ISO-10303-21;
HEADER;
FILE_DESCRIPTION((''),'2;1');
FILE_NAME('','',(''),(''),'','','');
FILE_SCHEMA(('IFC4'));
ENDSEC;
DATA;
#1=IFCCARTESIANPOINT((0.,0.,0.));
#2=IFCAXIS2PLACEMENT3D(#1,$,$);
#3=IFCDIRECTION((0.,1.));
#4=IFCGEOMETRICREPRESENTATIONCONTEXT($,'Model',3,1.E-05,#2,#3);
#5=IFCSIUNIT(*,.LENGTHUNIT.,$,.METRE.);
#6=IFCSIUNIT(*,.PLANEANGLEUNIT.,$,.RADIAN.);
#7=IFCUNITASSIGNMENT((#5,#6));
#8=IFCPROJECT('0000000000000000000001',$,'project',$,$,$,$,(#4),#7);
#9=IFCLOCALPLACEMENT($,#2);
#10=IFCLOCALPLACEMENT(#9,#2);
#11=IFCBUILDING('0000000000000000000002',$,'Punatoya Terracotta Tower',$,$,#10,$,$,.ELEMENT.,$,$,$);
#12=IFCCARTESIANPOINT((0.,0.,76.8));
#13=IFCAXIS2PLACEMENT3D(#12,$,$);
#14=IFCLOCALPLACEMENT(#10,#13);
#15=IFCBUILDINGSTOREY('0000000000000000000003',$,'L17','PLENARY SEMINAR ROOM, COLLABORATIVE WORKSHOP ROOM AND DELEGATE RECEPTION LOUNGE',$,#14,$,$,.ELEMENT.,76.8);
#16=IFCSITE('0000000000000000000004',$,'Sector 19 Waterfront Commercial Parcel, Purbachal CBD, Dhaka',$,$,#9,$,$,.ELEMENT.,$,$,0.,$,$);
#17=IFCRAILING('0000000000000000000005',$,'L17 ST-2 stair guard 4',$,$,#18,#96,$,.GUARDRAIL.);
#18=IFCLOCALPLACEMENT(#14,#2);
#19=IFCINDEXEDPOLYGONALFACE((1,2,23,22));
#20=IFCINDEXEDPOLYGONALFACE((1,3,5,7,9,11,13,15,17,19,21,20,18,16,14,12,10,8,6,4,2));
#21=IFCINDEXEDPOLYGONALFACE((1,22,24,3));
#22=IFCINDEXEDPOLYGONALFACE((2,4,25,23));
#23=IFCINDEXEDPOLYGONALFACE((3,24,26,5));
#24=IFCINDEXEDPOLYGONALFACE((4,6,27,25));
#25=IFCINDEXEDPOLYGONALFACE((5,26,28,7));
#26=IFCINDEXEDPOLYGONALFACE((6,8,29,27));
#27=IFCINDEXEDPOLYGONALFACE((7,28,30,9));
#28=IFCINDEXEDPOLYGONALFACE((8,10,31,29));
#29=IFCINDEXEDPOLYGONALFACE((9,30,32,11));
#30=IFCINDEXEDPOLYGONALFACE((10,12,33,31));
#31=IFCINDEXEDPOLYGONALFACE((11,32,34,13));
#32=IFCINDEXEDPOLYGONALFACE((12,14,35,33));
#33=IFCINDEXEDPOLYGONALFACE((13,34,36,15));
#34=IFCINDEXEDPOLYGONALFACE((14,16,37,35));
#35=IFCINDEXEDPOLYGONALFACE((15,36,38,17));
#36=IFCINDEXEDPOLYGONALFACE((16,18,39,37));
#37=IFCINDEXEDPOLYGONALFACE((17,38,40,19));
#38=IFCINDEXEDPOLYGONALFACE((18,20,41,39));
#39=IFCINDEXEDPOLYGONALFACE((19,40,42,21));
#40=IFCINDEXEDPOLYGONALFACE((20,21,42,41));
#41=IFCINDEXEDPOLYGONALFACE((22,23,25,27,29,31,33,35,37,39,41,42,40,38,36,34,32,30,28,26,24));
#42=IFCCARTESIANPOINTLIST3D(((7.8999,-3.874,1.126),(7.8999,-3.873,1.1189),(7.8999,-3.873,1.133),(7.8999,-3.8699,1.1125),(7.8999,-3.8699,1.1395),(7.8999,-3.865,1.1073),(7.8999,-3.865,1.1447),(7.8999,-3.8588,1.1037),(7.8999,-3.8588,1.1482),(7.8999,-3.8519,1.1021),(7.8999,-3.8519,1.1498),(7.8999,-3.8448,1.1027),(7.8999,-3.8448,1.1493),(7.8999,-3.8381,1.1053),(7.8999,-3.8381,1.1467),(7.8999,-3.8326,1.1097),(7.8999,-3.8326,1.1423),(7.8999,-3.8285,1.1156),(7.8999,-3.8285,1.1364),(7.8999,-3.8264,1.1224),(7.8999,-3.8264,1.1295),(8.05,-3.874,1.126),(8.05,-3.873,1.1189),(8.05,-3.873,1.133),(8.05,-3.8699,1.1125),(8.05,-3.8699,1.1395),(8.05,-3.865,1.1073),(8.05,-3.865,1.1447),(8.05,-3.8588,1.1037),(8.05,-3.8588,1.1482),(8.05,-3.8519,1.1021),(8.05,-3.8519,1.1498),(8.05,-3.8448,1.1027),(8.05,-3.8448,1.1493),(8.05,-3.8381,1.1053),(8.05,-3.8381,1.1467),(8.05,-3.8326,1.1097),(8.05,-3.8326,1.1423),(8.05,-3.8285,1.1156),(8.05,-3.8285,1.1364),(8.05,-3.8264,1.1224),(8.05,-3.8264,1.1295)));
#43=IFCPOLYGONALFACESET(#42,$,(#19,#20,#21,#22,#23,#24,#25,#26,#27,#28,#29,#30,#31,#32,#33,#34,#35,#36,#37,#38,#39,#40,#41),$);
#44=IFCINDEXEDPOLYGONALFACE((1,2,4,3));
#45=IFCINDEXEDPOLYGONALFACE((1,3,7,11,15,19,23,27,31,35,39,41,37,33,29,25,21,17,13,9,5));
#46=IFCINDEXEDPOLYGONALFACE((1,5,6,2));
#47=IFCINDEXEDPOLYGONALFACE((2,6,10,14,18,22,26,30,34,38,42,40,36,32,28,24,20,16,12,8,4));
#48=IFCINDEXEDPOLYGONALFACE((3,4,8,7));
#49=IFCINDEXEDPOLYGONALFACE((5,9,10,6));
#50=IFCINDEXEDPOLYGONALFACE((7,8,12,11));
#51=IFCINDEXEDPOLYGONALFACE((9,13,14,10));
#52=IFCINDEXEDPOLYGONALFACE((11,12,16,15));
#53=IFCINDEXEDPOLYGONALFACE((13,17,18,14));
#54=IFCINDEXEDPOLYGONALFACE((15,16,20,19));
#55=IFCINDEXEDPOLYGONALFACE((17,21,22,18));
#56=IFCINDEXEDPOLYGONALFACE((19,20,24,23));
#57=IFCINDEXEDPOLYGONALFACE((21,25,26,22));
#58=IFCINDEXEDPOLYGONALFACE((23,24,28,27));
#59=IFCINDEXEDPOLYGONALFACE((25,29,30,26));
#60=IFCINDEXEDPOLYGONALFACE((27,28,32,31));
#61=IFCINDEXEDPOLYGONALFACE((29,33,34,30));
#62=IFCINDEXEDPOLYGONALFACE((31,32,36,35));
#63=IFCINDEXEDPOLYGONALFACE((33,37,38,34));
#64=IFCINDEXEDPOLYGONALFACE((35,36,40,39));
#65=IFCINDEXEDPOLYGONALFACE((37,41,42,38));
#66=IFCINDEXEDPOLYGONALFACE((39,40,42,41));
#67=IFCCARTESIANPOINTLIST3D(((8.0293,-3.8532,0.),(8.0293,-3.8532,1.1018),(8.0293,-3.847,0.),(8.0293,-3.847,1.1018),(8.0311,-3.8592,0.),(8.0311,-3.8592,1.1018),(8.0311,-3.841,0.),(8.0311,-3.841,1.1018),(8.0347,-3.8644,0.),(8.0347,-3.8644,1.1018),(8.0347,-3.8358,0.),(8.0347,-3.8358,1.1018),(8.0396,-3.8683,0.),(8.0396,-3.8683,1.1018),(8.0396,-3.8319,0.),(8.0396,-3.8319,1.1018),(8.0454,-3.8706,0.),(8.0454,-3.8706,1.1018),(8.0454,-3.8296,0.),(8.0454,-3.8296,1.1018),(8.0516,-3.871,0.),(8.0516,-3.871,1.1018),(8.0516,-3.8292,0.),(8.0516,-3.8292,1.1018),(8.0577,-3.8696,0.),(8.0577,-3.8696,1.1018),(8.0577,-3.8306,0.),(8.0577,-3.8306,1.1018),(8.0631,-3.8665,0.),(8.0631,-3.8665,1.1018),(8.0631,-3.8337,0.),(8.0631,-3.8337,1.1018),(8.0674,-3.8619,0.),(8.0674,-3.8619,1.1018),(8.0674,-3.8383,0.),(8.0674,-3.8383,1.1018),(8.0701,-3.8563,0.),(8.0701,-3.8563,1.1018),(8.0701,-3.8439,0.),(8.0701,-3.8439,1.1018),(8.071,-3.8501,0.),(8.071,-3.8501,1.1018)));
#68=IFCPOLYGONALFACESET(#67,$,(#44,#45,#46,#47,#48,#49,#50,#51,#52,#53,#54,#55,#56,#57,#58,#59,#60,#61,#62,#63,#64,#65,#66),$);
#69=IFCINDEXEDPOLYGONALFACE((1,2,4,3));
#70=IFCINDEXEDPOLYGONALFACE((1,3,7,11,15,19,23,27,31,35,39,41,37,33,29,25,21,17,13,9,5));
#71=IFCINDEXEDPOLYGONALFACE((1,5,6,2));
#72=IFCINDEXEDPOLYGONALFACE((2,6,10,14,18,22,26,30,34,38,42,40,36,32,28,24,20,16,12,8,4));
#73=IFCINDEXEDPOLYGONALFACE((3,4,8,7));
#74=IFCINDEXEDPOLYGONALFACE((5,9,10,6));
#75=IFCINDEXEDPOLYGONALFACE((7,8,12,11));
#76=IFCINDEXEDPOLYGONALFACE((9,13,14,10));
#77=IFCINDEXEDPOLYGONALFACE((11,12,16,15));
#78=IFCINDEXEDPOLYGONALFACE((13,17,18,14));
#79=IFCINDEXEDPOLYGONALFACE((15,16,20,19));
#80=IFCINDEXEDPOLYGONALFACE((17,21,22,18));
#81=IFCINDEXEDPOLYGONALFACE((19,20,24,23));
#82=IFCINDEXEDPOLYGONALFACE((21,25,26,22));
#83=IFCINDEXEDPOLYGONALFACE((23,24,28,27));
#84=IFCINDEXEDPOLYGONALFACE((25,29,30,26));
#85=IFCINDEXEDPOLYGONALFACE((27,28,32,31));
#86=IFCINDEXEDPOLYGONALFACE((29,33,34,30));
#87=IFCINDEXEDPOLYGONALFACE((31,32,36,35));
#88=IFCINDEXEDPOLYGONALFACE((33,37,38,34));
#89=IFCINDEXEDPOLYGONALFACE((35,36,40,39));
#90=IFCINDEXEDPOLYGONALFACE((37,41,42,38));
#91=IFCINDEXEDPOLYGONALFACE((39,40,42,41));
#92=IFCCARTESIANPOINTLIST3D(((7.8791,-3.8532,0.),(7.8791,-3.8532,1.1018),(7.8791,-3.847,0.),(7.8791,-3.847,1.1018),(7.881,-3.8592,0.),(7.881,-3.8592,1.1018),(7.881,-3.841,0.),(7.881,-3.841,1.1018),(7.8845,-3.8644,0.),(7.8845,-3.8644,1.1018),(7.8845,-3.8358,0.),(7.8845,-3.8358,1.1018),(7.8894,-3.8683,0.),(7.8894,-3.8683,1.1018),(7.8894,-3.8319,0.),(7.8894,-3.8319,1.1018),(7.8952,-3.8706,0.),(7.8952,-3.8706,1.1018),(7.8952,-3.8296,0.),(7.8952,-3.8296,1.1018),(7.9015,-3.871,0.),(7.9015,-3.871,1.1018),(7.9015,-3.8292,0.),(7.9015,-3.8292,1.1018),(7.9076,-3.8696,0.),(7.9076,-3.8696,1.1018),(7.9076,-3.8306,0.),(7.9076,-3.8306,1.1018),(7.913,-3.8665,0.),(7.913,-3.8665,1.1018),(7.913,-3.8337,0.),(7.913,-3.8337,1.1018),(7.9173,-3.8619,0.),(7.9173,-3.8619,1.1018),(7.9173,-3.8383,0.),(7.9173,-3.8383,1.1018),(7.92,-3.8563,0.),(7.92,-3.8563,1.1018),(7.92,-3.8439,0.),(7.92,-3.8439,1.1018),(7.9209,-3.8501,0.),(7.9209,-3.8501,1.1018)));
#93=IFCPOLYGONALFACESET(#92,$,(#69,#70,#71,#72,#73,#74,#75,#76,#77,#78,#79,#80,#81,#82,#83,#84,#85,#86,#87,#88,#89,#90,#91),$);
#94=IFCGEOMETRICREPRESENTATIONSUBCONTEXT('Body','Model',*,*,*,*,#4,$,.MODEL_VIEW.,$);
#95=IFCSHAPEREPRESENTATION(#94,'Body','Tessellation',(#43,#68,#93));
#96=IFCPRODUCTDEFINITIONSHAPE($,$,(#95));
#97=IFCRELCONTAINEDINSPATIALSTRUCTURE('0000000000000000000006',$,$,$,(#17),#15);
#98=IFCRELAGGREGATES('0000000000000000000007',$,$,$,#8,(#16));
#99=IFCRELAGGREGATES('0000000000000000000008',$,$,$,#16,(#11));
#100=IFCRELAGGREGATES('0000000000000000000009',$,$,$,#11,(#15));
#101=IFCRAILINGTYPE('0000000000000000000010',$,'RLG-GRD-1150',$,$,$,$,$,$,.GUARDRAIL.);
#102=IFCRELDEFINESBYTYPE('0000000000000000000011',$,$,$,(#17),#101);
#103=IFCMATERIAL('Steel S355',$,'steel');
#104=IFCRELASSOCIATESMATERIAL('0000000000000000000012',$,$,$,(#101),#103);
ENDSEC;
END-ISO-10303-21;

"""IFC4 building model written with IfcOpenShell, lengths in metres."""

from ifc_helpers import new_model, si_unit, direction, frame, origin, origin_2d, place, context, subcontext, project, spatial, circle, extrude, material, type_object, element, save


model = new_model("IFC4")

# Units and contexts
model_context = context("Model", 3, precision=1e-05, world=origin(), true_north=direction((0.0, 1.0)))
body_context = subcontext(model_context, "Body", "Model", "MODEL_VIEW")
ifc_project = project(units=[si_unit("LENGTHUNIT", "METRE"), si_unit("PLANEANGLEUNIT", "RADIAN")], contexts=[model_context])

# Site, building, storey
site_placement = place(None, origin())
site = spatial("IfcSite", under=ifc_project, at=site_placement, Name="Sector 19 Waterfront Commercial Parcel, Purbachal CBD, Dhaka", CompositionType="ELEMENT", RefElevation=0.0)
building_placement = place(site_placement, origin())
building = spatial("IfcBuilding", under=site, at=building_placement, Name="Punatoya Terracotta Tower", CompositionType="ELEMENT")
storey_placement = place(building_placement, frame((0.0, 0.0, 76.8)))
storey = spatial("IfcBuildingStorey", under=building, at=storey_placement, Name="L17", Description="PLENARY SEMINAR ROOM, COLLABORATIVE WORKSHOP ROOM AND DELEGATE RECEPTION LOUNGE", CompositionType="ELEMENT", Elevation=76.8)

# Shared definitions
ifc_material_1 = material(Name="Steel S355", Category="steel")

# Railing
railing_type_1 = type_object("IfcRailingType", Name="RLG-GRD-1150", PredefinedType="GUARDRAIL", material=ifc_material_1)
railing_1_placement = place(storey_placement, frame((8.05, -3.8501, 0.0)))
element("IfcRailing", 1, at=railing_1_placement, inside=storey, type_object=railing_type_1, Name="L17 ST-2 stair guard 4", PredefinedType="GUARDRAIL", context=body_context, shape_type="SweptSolid", body=[
    extrude(circle(Radius=0.0239, at=origin_2d()), frame((0.0, 0.0, 1.126), z_axis=(-1.0, 0.0, 0.0), x_axis=(0.0, -1.0, 0.0)), (0.0, 0.0, 1.0), 0.1501),
    extrude(circle(Radius=0.021, at=origin_2d()), origin(), (0.0, 0.0, 1.0), 1.1018),
    extrude(circle(Radius=0.021, at=origin_2d()), frame((-0.1501, 0.0, 0.0)), (0.0, 0.0, 1.0), 1.1018),
])

save(model, "model.ifc")
